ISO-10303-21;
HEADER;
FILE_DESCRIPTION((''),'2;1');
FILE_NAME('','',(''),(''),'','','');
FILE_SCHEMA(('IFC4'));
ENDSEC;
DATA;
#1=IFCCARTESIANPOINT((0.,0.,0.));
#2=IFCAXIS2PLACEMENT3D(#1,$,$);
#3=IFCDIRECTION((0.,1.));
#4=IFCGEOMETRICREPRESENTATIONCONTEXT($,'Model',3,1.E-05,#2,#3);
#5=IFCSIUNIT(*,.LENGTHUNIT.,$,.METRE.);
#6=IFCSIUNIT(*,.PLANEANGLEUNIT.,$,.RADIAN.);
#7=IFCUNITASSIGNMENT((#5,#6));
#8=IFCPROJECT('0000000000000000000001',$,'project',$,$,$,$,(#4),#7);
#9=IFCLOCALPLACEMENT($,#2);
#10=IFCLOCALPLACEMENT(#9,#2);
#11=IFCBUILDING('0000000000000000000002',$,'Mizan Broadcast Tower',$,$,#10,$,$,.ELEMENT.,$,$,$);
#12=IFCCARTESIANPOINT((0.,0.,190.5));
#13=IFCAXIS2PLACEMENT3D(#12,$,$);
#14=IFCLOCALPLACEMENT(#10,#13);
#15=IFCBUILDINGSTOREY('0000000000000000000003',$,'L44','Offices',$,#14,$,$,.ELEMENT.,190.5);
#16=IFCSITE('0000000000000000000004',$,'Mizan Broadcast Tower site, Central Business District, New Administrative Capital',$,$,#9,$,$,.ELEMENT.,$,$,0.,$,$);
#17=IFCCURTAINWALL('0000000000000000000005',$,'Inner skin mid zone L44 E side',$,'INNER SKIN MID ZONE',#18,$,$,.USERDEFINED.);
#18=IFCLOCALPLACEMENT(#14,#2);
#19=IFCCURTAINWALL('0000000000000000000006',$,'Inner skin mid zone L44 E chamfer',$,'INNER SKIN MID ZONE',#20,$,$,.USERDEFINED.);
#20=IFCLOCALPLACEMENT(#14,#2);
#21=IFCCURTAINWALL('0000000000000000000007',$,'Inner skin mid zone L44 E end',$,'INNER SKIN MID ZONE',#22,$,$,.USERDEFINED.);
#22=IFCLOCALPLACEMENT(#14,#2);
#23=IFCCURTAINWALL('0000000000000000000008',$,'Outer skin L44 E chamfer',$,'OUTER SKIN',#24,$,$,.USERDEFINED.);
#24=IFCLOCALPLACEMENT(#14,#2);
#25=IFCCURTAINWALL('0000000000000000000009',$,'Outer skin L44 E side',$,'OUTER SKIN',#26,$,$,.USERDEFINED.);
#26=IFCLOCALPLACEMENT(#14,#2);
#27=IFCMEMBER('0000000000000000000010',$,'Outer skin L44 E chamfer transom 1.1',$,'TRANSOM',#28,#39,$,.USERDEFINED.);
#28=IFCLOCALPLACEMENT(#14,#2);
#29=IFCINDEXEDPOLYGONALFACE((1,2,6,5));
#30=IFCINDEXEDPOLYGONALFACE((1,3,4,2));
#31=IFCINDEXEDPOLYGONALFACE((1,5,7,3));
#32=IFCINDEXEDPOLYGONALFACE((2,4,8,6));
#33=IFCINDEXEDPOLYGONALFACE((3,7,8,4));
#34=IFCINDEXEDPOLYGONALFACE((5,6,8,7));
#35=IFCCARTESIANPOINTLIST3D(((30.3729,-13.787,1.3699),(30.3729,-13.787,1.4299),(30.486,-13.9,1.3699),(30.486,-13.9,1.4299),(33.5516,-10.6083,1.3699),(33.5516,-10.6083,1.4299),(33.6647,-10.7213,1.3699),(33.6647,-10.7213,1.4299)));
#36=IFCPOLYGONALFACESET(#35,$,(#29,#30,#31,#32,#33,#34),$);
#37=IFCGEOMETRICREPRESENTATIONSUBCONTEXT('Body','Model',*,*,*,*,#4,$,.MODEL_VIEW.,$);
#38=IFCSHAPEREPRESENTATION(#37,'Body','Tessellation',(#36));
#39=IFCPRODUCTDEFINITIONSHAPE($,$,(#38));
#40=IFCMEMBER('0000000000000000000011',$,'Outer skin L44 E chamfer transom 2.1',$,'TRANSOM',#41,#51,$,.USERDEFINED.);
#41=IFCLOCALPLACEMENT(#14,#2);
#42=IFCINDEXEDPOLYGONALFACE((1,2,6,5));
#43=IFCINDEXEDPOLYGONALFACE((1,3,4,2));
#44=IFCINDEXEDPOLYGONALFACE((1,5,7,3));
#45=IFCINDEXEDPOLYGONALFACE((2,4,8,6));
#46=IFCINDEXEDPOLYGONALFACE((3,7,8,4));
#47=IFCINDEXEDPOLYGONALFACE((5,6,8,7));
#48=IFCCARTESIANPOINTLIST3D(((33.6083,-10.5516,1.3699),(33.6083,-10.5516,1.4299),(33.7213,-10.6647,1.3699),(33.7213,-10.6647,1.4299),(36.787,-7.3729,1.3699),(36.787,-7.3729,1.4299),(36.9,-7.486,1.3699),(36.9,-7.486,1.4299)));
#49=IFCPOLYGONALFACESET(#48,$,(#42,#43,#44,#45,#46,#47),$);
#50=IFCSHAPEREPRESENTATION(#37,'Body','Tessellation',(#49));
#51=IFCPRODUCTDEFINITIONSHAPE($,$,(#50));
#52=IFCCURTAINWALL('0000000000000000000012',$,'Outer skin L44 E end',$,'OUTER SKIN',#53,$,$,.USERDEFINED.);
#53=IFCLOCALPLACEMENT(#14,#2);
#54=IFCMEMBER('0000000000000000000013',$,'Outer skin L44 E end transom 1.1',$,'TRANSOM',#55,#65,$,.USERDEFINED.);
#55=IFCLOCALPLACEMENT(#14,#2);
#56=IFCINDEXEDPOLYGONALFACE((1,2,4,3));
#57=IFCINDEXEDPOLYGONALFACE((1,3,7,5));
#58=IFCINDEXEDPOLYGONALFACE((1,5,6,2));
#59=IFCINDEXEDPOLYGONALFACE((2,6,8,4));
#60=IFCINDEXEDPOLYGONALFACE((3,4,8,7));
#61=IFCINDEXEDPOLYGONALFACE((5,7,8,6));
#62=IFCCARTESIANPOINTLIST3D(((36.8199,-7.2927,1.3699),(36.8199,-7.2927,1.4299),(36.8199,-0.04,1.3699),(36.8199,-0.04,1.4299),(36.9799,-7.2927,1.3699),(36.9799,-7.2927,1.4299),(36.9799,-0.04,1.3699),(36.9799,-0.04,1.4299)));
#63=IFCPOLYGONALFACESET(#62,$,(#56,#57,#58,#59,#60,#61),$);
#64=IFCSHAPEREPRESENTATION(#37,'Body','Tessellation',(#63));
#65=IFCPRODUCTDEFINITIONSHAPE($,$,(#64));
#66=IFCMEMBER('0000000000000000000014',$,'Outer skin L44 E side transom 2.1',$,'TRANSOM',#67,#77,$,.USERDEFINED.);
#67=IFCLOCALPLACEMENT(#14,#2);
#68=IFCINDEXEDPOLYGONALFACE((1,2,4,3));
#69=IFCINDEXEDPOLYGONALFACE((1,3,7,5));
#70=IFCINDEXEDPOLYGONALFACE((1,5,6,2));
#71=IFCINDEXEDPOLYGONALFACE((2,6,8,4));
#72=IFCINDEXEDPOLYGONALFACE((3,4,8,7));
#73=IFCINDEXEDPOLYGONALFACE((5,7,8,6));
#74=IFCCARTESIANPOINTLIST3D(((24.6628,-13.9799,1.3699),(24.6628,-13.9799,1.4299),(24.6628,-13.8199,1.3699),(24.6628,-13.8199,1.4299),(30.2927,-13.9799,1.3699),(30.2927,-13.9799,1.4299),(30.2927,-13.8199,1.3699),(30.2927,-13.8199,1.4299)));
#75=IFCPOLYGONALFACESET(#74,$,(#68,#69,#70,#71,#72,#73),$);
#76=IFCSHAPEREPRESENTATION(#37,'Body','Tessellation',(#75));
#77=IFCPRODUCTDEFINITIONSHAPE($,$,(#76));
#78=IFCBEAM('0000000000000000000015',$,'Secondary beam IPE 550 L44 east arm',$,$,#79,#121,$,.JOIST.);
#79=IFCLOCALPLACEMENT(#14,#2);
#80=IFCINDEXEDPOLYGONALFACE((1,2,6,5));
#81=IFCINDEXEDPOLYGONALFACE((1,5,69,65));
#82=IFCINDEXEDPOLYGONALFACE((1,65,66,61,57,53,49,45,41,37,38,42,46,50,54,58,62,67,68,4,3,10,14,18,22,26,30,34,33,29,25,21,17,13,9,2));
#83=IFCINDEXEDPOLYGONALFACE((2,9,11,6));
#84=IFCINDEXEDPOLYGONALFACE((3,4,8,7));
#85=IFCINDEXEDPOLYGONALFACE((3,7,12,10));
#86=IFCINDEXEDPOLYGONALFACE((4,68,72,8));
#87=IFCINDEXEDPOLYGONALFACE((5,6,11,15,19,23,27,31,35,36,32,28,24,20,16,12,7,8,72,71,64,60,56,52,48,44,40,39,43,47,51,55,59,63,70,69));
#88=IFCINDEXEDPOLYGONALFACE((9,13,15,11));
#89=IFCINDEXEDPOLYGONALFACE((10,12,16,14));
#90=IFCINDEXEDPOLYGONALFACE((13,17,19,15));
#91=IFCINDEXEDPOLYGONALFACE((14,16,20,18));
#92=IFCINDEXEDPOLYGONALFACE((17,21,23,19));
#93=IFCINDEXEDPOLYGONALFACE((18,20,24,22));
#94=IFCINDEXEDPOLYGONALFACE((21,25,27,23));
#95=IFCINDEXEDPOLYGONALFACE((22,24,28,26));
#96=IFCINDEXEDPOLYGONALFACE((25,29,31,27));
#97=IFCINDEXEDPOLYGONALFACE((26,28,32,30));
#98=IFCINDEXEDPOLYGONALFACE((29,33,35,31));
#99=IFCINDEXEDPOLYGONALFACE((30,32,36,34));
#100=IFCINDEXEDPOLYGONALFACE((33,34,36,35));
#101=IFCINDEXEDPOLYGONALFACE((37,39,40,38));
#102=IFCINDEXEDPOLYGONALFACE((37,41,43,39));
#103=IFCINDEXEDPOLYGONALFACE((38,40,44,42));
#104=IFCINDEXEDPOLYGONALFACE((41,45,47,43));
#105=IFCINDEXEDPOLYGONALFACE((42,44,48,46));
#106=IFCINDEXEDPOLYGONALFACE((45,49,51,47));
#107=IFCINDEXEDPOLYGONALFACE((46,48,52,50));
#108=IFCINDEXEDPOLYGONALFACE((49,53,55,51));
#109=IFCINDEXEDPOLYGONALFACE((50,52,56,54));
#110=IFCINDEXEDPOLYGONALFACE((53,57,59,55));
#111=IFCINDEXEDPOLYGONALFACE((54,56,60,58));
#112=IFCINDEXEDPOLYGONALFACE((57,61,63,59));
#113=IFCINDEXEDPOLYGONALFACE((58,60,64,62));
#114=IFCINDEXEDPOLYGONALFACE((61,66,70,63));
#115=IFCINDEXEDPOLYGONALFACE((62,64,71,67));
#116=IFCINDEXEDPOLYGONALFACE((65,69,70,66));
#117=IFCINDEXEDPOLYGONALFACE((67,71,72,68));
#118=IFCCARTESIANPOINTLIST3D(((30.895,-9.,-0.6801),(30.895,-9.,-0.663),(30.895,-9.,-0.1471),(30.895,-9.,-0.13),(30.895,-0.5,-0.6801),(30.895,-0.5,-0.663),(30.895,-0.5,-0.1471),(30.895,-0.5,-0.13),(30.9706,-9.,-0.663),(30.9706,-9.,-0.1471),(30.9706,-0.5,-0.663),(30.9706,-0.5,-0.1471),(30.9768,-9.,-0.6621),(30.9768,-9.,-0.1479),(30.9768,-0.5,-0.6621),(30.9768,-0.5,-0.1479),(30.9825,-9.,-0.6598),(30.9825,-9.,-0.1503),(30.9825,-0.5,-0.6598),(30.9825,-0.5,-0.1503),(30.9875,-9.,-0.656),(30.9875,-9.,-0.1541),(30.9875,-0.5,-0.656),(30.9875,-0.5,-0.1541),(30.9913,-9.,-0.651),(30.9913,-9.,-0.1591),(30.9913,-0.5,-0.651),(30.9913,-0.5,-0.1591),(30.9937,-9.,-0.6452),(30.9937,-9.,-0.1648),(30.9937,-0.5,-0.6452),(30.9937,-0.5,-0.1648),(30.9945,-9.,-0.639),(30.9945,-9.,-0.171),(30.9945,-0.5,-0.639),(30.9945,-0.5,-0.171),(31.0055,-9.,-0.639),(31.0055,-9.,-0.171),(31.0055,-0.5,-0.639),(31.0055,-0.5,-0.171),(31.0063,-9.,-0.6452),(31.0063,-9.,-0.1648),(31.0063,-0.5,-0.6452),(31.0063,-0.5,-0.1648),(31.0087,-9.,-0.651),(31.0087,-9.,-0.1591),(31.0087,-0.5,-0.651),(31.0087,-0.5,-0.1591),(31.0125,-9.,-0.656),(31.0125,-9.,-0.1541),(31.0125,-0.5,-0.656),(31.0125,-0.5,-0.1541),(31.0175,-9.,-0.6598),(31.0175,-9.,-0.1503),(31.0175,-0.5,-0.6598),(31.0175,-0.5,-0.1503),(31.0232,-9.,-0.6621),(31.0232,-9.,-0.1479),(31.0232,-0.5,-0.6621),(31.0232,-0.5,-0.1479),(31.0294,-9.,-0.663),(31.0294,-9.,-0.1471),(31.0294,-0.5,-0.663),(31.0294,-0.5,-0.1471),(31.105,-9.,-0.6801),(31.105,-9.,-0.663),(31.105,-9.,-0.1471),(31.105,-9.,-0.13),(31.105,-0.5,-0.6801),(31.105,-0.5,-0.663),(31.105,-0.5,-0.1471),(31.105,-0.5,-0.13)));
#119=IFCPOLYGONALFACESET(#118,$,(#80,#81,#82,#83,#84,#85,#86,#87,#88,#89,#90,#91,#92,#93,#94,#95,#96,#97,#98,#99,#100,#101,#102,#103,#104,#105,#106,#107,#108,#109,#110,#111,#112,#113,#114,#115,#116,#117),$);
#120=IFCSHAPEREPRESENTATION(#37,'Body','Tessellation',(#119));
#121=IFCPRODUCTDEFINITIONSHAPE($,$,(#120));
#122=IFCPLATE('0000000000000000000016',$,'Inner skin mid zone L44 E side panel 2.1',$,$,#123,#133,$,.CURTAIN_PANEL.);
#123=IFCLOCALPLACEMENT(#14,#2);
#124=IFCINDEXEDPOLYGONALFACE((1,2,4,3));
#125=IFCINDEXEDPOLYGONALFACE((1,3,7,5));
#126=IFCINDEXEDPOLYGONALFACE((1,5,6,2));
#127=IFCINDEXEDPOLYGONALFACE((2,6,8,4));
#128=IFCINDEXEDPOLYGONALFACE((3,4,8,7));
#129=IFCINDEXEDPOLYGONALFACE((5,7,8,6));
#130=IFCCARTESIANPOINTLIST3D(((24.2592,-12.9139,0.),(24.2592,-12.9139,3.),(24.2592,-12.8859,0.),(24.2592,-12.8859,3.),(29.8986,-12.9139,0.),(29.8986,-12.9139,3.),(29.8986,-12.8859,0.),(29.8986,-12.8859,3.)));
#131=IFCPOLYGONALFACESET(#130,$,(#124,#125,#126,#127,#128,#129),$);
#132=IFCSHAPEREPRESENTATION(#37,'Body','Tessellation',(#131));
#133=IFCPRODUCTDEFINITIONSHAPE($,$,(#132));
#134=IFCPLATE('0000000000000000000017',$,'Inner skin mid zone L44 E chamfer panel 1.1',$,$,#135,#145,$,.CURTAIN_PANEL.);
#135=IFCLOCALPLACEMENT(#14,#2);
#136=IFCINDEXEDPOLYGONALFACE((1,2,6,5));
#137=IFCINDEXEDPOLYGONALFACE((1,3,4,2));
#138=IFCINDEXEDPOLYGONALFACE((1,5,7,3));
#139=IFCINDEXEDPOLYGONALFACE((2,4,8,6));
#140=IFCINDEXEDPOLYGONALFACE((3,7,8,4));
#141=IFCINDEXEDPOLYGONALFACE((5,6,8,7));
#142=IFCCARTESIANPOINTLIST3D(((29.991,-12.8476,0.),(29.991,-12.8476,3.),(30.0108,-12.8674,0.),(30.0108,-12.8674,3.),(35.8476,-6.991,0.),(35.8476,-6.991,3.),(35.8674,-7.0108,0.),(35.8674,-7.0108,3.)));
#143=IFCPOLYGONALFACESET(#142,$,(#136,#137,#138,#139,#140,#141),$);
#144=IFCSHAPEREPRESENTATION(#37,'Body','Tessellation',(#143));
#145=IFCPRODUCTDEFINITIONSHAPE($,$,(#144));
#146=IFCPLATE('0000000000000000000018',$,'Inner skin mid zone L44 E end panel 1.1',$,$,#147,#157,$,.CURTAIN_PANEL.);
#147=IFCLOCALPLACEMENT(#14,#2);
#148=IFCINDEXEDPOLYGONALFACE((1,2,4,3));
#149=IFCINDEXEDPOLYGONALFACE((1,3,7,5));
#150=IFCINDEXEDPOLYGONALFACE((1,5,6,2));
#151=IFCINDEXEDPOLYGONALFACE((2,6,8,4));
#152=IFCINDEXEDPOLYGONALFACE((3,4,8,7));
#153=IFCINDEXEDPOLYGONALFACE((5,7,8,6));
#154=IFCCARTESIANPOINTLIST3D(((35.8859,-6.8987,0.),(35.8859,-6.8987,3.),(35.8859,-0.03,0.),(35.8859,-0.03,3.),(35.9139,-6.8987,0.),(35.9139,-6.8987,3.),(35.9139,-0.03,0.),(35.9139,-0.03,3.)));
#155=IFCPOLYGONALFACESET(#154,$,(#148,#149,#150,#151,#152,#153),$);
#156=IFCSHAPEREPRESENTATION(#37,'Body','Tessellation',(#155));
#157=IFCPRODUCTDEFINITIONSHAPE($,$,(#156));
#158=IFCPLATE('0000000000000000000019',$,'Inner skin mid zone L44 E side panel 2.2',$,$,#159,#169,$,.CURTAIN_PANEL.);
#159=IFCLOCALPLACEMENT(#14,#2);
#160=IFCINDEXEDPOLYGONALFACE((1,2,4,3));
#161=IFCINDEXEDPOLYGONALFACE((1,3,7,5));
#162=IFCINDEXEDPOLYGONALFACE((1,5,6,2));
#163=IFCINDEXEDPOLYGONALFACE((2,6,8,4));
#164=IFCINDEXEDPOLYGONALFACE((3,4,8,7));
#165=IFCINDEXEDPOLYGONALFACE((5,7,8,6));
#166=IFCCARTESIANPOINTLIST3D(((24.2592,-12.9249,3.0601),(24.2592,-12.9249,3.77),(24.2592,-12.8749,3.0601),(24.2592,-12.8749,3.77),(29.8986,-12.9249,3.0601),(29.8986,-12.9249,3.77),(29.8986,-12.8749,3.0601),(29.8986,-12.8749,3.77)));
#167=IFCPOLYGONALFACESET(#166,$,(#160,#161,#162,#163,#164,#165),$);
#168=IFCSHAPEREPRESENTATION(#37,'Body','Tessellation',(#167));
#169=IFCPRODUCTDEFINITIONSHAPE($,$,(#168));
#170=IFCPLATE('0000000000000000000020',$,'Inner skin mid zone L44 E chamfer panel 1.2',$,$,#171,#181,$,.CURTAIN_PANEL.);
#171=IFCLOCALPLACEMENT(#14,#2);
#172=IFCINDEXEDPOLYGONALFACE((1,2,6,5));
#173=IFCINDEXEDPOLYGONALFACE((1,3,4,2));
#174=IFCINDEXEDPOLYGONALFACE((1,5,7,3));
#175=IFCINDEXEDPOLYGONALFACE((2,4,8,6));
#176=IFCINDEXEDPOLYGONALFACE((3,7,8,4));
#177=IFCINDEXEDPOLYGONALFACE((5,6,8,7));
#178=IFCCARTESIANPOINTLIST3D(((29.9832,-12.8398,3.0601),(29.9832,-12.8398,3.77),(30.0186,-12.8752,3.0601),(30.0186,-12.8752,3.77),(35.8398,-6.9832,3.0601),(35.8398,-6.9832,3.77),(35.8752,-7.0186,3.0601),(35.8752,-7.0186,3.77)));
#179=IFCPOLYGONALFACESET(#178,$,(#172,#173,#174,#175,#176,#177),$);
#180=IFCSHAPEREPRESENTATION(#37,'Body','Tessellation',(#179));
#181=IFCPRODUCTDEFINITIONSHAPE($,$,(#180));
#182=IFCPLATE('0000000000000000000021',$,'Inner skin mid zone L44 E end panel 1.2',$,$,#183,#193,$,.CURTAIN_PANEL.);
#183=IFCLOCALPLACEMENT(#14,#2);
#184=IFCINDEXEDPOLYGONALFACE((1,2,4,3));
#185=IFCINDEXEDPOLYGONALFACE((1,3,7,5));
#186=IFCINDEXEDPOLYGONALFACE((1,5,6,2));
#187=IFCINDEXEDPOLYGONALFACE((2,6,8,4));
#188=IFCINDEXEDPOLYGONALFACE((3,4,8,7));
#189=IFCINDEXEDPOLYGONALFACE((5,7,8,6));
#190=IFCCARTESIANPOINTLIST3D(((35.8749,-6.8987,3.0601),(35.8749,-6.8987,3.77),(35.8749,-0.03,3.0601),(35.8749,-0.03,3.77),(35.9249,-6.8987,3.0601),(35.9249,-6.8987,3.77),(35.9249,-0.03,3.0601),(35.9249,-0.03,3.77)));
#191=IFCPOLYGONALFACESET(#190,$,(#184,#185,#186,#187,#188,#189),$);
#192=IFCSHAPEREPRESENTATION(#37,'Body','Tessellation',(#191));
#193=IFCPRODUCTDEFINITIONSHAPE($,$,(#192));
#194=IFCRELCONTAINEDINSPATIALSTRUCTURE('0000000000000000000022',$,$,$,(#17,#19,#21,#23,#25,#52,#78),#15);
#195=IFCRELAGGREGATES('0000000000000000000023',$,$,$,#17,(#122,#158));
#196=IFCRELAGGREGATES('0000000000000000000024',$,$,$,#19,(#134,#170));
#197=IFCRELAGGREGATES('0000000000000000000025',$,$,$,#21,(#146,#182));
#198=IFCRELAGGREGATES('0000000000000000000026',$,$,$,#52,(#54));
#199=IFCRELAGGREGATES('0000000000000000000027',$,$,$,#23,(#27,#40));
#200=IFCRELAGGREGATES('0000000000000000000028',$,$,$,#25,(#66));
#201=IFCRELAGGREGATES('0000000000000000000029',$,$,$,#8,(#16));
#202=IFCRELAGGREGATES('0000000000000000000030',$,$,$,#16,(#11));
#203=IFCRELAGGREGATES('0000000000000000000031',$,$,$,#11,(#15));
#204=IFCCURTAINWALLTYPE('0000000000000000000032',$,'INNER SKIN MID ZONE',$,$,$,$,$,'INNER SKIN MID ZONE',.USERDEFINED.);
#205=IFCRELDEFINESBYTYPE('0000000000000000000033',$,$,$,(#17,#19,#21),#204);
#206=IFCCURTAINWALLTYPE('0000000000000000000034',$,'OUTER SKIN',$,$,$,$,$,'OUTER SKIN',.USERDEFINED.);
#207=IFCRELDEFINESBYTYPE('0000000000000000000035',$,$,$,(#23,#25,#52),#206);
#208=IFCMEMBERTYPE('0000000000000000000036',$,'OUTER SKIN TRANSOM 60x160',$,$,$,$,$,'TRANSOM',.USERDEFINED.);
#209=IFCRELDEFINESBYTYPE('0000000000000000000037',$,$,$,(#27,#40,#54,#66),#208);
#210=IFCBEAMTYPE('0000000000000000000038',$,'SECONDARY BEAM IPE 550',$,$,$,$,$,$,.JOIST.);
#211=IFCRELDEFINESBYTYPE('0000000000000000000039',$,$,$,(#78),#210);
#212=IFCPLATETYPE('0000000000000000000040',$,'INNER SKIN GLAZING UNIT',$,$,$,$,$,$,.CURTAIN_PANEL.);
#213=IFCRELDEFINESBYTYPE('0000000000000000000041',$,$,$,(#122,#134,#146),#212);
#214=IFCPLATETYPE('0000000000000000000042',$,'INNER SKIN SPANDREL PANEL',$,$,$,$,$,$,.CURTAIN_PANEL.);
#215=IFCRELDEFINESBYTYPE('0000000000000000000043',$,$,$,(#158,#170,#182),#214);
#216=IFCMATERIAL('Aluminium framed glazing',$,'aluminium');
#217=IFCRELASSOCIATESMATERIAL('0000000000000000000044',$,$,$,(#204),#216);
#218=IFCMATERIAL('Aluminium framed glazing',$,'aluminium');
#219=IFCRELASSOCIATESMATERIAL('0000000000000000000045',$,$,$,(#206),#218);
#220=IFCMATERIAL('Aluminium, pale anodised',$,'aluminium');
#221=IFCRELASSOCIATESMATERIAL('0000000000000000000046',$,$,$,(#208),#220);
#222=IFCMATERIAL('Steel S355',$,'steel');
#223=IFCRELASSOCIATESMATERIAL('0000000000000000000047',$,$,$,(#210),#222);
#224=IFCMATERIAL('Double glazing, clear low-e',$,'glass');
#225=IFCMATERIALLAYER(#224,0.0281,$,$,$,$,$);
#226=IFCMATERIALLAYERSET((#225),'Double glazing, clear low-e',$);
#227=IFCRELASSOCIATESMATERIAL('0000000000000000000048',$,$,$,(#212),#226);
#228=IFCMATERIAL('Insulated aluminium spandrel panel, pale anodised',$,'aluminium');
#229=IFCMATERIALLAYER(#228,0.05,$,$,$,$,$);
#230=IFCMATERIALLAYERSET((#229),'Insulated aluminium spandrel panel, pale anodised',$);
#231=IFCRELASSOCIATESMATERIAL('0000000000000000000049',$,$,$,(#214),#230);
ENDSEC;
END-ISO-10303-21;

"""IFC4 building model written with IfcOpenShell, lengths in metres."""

from ifc_helpers import new_model, si_unit, direction, frame, origin, origin_2d, place, context, subcontext, project, spatial, rectangle, i_section, extrude, material, layer, layer_set, material_profile, profile_set, type_object, element, aggregate, save


model = new_model("IFC4")

# Units and contexts
model_context = context("Model", 3, precision=1e-05, world=origin(), true_north=direction((0.0, 1.0)))
body_context = subcontext(model_context, "Body", "Model", "MODEL_VIEW")
ifc_project = project(units=[si_unit("LENGTHUNIT", "METRE"), si_unit("PLANEANGLEUNIT", "RADIAN")], contexts=[model_context])

# Site, building, storey
site_placement = place(None, origin())
site = spatial("IfcSite", under=ifc_project, at=site_placement, Name="Mizan Broadcast Tower site, Central Business District, New Administrative Capital", CompositionType="ELEMENT", RefElevation=0.0)
building_placement = place(site_placement, origin())
building = spatial("IfcBuilding", under=site, at=building_placement, Name="Mizan Broadcast Tower", CompositionType="ELEMENT")
storey_placement = place(building_placement, frame((0.0, 0.0, 190.5)))
storey = spatial("IfcBuildingStorey", under=building, at=storey_placement, Name="L44", Description="Offices", CompositionType="ELEMENT", Elevation=190.5)

# Curtain wall
ifc_material_1 = material(Name="Aluminium framed glazing", Category="aluminium")
curtain_wall_type_1 = type_object("IfcCurtainWallType", Name="INNER SKIN MID ZONE", ElementType="INNER SKIN MID ZONE", PredefinedType="USERDEFINED", material=ifc_material_1)
curtain_wall_1_placement = place(storey_placement, origin())
curtain_wall_1 = element("IfcCurtainWall", 1, at=curtain_wall_1_placement, inside=storey, type_object=curtain_wall_type_1, Name="Inner skin mid zone L44 E side", ObjectType="INNER SKIN MID ZONE", PredefinedType="USERDEFINED")

# Curtain wall
curtain_wall_2_placement = place(storey_placement, origin())
curtain_wall_2 = element("IfcCurtainWall", 2, at=curtain_wall_2_placement, inside=storey, type_object=curtain_wall_type_1, Name="Inner skin mid zone L44 E chamfer", ObjectType="INNER SKIN MID ZONE", PredefinedType="USERDEFINED")

# Curtain wall
curtain_wall_3_placement = place(storey_placement, origin())
curtain_wall_3 = element("IfcCurtainWall", 3, at=curtain_wall_3_placement, inside=storey, type_object=curtain_wall_type_1, Name="Inner skin mid zone L44 E end", ObjectType="INNER SKIN MID ZONE", PredefinedType="USERDEFINED")

# Curtain wall
ifc_material_2 = material(Name="Aluminium framed glazing", Category="aluminium")
curtain_wall_type_2 = type_object("IfcCurtainWallType", Name="OUTER SKIN", ElementType="OUTER SKIN", PredefinedType="USERDEFINED", material=ifc_material_2)
curtain_wall_4_placement = place(storey_placement, origin())
curtain_wall_4 = element("IfcCurtainWall", 4, at=curtain_wall_4_placement, inside=storey, type_object=curtain_wall_type_2, Name="Outer skin L44 E chamfer", ObjectType="OUTER SKIN", PredefinedType="USERDEFINED")

# Curtain wall
curtain_wall_5_placement = place(storey_placement, origin())
curtain_wall_5 = element("IfcCurtainWall", 5, at=curtain_wall_5_placement, inside=storey, type_object=curtain_wall_type_2, Name="Outer skin L44 E side", ObjectType="OUTER SKIN", PredefinedType="USERDEFINED")

# Members
ifc_material_3 = material(Name="Aluminium, pale anodised", Category="aluminium")
ifc_material_profile_1 = material_profile(ifc_material_3, rectangle(XDim=0.1599, YDim=0.0601, at=origin_2d()), Name="TRANSOM 160x60")
ifc_profile_set_1 = profile_set([ifc_material_profile_1], Name="Aluminium, pale anodised")
member_type_1 = type_object("IfcMemberType", Name="OUTER SKIN TRANSOM 60x160", ElementType="TRANSOM", PredefinedType="USERDEFINED", material=ifc_profile_set_1)
member_1_placement = place(storey_placement, frame((30.4294, -13.8435, 1.3999), z_axis=(0.707107, 0.707107, 0.0), x_axis=(-0.707107, 0.707107, 0.0)))
member_1 = element("IfcMember", 6, at=member_1_placement, type_object=member_type_1, Name="Outer skin L44 E chamfer transom 1.1", ObjectType="TRANSOM", PredefinedType="USERDEFINED", context=body_context, shape_type="SweptSolid", body=[
    extrude(rectangle(XDim=0.1599, YDim=0.0601, at=origin_2d()), origin(), (0.0, 0.0, 1.0), 4.4954),
])
member_2_placement = place(storey_placement, frame((33.6648, -10.6082, 1.3999), z_axis=(0.707107, 0.707107, 0.0), x_axis=(-0.707107, 0.707107, 0.0)))
member_2 = element("IfcMember", 7, at=member_2_placement, type_object=member_type_1, Name="Outer skin L44 E chamfer transom 2.1", ObjectType="TRANSOM", PredefinedType="USERDEFINED", context=body_context, shape_type="SweptSolid", body=[
    extrude(rectangle(XDim=0.1599, YDim=0.0601, at=origin_2d()), origin(), (0.0, 0.0, 1.0), 4.4954),
])

# Curtain wall, member
curtain_wall_6_placement = place(storey_placement, origin())
curtain_wall_6 = element("IfcCurtainWall", 8, at=curtain_wall_6_placement, inside=storey, type_object=curtain_wall_type_2, Name="Outer skin L44 E end", ObjectType="OUTER SKIN", PredefinedType="USERDEFINED")
member_3_placement = place(storey_placement, frame((36.8999, -7.2927, 1.3999), z_axis=(0.0, 1.0, 0.0), x_axis=(-1.0, 0.0, 0.0)))
member_3 = element("IfcMember", 9, at=member_3_placement, type_object=member_type_1, Name="Outer skin L44 E end transom 1.1", ObjectType="TRANSOM", PredefinedType="USERDEFINED", context=body_context, shape_type="SweptSolid", body=[
    extrude(rectangle(XDim=0.1599, YDim=0.0601, at=origin_2d()), origin(), (0.0, 0.0, 1.0), 7.2527),
])

# Member
member_4_placement = place(storey_placement, frame((24.6628, -13.8999, 1.3999), z_axis=(1.0, 0.0, 0.0), x_axis=(0.0, 1.0, 0.0)))
member_4 = element("IfcMember", 10, at=member_4_placement, type_object=member_type_1, Name="Outer skin L44 E side transom 2.1", ObjectType="TRANSOM", PredefinedType="USERDEFINED", context=body_context, shape_type="SweptSolid", body=[
    extrude(rectangle(XDim=0.1599, YDim=0.0601, at=origin_2d()), origin(), (0.0, 0.0, 1.0), 5.6299),
])

# Beam
ifc_material_4 = material(Name="Steel S355", Category="steel")
ifc_material_profile_2 = material_profile(ifc_material_4, i_section(OverallWidth=0.21, OverallDepth=0.55, WebThickness=0.011, FlangeThickness=0.0171, FilletRadius=0.0239, at=origin_2d()), Name="IPE 550")
ifc_profile_set_2 = profile_set([ifc_material_profile_2], Name="Steel S355")
beam_type_1 = type_object("IfcBeamType", Name="SECONDARY BEAM IPE 550", PredefinedType="JOIST", material=ifc_profile_set_2)
beam_1_placement = place(storey_placement, frame((31.0, -9.0, -0.405), z_axis=(0.0, 1.0, 0.0), x_axis=(-1.0, 0.0, 0.0)))
element("IfcBeam", 11, at=beam_1_placement, inside=storey, type_object=beam_type_1, Name="Secondary beam IPE 550 L44 east arm", PredefinedType="JOIST", context=body_context, shape_type="SweptSolid", body=[
    extrude(i_section(OverallWidth=0.21, OverallDepth=0.55, WebThickness=0.011, FlangeThickness=0.0171, FilletRadius=0.0239, at=origin_2d()), origin(), (0.0, 0.0, 1.0), 8.5),
])

# Plates
ifc_material_5 = material(Name="Double glazing, clear low-e", Category="glass")
ifc_layer_1 = layer(ifc_material_5, 0.0281)
ifc_layer_set_1 = layer_set([ifc_layer_1], Name="Double glazing, clear low-e")
plate_type_1 = type_object("IfcPlateType", Name="INNER SKIN GLAZING UNIT", PredefinedType="CURTAIN_PANEL", material=ifc_layer_set_1)
plate_1_placement = place(storey_placement, frame((27.0789, -12.8999, 0.0), z_axis=(0.0, 0.0, 1.0), x_axis=(1.0, 0.0, 0.0)))
plate_1 = element("IfcPlate", 12, at=plate_1_placement, type_object=plate_type_1, Name="Inner skin mid zone L44 E side panel 2.1", PredefinedType="CURTAIN_PANEL", context=body_context, shape_type="SweptSolid", body=[
    extrude(rectangle(XDim=5.6394, YDim=0.0281, at=origin_2d()), origin(), (0.0, 0.0, 1.0), 3.0),
])
plate_2_placement = place(storey_placement, frame((32.9292, -9.9292, 0.0), z_axis=(0.0, 0.0, 1.0), x_axis=(0.707107, 0.707107, 0.0)))
plate_2 = element("IfcPlate", 13, at=plate_2_placement, type_object=plate_type_1, Name="Inner skin mid zone L44 E chamfer panel 1.1", PredefinedType="CURTAIN_PANEL", context=body_context, shape_type="SweptSolid", body=[
    extrude(rectangle(XDim=8.2825, YDim=0.0281, at=origin_2d()), origin(), (0.0, 0.0, 1.0), 3.0),
])
plate_3_placement = place(storey_placement, frame((35.8999, -3.4644, 0.0), z_axis=(0.0, 0.0, 1.0), x_axis=(0.0, 1.0, 0.0)))
plate_3 = element("IfcPlate", 14, at=plate_3_placement, type_object=plate_type_1, Name="Inner skin mid zone L44 E end panel 1.1", PredefinedType="CURTAIN_PANEL", context=body_context, shape_type="SweptSolid", body=[
    extrude(rectangle(XDim=6.8687, YDim=0.0281, at=origin_2d()), origin(), (0.0, 0.0, 1.0), 3.0),
])
ifc_material_6 = material(Name="Insulated aluminium spandrel panel, pale anodised", Category="aluminium")
ifc_layer_2 = layer(ifc_material_6, 0.05)
ifc_layer_set_2 = layer_set([ifc_layer_2], Name="Insulated aluminium spandrel panel, pale anodised")
plate_type_2 = type_object("IfcPlateType", Name="INNER SKIN SPANDREL PANEL", PredefinedType="CURTAIN_PANEL", material=ifc_layer_set_2)
plate_4_placement = place(storey_placement, frame((27.0789, -12.8999, 3.0601), z_axis=(0.0, 0.0, 1.0), x_axis=(1.0, 0.0, 0.0)))
plate_4 = element("IfcPlate", 15, at=plate_4_placement, type_object=plate_type_2, Name="Inner skin mid zone L44 E side panel 2.2", PredefinedType="CURTAIN_PANEL", context=body_context, shape_type="SweptSolid", body=[
    extrude(rectangle(XDim=5.6394, YDim=0.05, at=origin_2d()), origin(), (0.0, 0.0, 1.0), 0.71),
])
aggregate(curtain_wall_1, [plate_1, plate_4])
plate_5_placement = place(storey_placement, frame((32.9292, -9.9292, 3.0601), z_axis=(0.0, 0.0, 1.0), x_axis=(0.707107, 0.707107, 0.0)))
plate_5 = element("IfcPlate", 16, at=plate_5_placement, type_object=plate_type_2, Name="Inner skin mid zone L44 E chamfer panel 1.2", PredefinedType="CURTAIN_PANEL", context=body_context, shape_type="SweptSolid", body=[
    extrude(rectangle(XDim=8.2825, YDim=0.05, at=origin_2d()), origin(), (0.0, 0.0, 1.0), 0.71),
])
aggregate(curtain_wall_2, [plate_2, plate_5])
plate_6_placement = place(storey_placement, frame((35.8999, -3.4644, 3.0601), z_axis=(0.0, 0.0, 1.0), x_axis=(0.0, 1.0, 0.0)))
plate_6 = element("IfcPlate", 17, at=plate_6_placement, type_object=plate_type_2, Name="Inner skin mid zone L44 E end panel 1.2", PredefinedType="CURTAIN_PANEL", context=body_context, shape_type="SweptSolid", body=[
    extrude(rectangle(XDim=6.8687, YDim=0.05, at=origin_2d()), origin(), (0.0, 0.0, 1.0), 0.71),
])
aggregate(curtain_wall_3, [plate_3, plate_6])
aggregate(curtain_wall_6, [member_3])
aggregate(curtain_wall_4, [member_1, member_2])
aggregate(curtain_wall_5, [member_4])

save(model, "model.ifc")
